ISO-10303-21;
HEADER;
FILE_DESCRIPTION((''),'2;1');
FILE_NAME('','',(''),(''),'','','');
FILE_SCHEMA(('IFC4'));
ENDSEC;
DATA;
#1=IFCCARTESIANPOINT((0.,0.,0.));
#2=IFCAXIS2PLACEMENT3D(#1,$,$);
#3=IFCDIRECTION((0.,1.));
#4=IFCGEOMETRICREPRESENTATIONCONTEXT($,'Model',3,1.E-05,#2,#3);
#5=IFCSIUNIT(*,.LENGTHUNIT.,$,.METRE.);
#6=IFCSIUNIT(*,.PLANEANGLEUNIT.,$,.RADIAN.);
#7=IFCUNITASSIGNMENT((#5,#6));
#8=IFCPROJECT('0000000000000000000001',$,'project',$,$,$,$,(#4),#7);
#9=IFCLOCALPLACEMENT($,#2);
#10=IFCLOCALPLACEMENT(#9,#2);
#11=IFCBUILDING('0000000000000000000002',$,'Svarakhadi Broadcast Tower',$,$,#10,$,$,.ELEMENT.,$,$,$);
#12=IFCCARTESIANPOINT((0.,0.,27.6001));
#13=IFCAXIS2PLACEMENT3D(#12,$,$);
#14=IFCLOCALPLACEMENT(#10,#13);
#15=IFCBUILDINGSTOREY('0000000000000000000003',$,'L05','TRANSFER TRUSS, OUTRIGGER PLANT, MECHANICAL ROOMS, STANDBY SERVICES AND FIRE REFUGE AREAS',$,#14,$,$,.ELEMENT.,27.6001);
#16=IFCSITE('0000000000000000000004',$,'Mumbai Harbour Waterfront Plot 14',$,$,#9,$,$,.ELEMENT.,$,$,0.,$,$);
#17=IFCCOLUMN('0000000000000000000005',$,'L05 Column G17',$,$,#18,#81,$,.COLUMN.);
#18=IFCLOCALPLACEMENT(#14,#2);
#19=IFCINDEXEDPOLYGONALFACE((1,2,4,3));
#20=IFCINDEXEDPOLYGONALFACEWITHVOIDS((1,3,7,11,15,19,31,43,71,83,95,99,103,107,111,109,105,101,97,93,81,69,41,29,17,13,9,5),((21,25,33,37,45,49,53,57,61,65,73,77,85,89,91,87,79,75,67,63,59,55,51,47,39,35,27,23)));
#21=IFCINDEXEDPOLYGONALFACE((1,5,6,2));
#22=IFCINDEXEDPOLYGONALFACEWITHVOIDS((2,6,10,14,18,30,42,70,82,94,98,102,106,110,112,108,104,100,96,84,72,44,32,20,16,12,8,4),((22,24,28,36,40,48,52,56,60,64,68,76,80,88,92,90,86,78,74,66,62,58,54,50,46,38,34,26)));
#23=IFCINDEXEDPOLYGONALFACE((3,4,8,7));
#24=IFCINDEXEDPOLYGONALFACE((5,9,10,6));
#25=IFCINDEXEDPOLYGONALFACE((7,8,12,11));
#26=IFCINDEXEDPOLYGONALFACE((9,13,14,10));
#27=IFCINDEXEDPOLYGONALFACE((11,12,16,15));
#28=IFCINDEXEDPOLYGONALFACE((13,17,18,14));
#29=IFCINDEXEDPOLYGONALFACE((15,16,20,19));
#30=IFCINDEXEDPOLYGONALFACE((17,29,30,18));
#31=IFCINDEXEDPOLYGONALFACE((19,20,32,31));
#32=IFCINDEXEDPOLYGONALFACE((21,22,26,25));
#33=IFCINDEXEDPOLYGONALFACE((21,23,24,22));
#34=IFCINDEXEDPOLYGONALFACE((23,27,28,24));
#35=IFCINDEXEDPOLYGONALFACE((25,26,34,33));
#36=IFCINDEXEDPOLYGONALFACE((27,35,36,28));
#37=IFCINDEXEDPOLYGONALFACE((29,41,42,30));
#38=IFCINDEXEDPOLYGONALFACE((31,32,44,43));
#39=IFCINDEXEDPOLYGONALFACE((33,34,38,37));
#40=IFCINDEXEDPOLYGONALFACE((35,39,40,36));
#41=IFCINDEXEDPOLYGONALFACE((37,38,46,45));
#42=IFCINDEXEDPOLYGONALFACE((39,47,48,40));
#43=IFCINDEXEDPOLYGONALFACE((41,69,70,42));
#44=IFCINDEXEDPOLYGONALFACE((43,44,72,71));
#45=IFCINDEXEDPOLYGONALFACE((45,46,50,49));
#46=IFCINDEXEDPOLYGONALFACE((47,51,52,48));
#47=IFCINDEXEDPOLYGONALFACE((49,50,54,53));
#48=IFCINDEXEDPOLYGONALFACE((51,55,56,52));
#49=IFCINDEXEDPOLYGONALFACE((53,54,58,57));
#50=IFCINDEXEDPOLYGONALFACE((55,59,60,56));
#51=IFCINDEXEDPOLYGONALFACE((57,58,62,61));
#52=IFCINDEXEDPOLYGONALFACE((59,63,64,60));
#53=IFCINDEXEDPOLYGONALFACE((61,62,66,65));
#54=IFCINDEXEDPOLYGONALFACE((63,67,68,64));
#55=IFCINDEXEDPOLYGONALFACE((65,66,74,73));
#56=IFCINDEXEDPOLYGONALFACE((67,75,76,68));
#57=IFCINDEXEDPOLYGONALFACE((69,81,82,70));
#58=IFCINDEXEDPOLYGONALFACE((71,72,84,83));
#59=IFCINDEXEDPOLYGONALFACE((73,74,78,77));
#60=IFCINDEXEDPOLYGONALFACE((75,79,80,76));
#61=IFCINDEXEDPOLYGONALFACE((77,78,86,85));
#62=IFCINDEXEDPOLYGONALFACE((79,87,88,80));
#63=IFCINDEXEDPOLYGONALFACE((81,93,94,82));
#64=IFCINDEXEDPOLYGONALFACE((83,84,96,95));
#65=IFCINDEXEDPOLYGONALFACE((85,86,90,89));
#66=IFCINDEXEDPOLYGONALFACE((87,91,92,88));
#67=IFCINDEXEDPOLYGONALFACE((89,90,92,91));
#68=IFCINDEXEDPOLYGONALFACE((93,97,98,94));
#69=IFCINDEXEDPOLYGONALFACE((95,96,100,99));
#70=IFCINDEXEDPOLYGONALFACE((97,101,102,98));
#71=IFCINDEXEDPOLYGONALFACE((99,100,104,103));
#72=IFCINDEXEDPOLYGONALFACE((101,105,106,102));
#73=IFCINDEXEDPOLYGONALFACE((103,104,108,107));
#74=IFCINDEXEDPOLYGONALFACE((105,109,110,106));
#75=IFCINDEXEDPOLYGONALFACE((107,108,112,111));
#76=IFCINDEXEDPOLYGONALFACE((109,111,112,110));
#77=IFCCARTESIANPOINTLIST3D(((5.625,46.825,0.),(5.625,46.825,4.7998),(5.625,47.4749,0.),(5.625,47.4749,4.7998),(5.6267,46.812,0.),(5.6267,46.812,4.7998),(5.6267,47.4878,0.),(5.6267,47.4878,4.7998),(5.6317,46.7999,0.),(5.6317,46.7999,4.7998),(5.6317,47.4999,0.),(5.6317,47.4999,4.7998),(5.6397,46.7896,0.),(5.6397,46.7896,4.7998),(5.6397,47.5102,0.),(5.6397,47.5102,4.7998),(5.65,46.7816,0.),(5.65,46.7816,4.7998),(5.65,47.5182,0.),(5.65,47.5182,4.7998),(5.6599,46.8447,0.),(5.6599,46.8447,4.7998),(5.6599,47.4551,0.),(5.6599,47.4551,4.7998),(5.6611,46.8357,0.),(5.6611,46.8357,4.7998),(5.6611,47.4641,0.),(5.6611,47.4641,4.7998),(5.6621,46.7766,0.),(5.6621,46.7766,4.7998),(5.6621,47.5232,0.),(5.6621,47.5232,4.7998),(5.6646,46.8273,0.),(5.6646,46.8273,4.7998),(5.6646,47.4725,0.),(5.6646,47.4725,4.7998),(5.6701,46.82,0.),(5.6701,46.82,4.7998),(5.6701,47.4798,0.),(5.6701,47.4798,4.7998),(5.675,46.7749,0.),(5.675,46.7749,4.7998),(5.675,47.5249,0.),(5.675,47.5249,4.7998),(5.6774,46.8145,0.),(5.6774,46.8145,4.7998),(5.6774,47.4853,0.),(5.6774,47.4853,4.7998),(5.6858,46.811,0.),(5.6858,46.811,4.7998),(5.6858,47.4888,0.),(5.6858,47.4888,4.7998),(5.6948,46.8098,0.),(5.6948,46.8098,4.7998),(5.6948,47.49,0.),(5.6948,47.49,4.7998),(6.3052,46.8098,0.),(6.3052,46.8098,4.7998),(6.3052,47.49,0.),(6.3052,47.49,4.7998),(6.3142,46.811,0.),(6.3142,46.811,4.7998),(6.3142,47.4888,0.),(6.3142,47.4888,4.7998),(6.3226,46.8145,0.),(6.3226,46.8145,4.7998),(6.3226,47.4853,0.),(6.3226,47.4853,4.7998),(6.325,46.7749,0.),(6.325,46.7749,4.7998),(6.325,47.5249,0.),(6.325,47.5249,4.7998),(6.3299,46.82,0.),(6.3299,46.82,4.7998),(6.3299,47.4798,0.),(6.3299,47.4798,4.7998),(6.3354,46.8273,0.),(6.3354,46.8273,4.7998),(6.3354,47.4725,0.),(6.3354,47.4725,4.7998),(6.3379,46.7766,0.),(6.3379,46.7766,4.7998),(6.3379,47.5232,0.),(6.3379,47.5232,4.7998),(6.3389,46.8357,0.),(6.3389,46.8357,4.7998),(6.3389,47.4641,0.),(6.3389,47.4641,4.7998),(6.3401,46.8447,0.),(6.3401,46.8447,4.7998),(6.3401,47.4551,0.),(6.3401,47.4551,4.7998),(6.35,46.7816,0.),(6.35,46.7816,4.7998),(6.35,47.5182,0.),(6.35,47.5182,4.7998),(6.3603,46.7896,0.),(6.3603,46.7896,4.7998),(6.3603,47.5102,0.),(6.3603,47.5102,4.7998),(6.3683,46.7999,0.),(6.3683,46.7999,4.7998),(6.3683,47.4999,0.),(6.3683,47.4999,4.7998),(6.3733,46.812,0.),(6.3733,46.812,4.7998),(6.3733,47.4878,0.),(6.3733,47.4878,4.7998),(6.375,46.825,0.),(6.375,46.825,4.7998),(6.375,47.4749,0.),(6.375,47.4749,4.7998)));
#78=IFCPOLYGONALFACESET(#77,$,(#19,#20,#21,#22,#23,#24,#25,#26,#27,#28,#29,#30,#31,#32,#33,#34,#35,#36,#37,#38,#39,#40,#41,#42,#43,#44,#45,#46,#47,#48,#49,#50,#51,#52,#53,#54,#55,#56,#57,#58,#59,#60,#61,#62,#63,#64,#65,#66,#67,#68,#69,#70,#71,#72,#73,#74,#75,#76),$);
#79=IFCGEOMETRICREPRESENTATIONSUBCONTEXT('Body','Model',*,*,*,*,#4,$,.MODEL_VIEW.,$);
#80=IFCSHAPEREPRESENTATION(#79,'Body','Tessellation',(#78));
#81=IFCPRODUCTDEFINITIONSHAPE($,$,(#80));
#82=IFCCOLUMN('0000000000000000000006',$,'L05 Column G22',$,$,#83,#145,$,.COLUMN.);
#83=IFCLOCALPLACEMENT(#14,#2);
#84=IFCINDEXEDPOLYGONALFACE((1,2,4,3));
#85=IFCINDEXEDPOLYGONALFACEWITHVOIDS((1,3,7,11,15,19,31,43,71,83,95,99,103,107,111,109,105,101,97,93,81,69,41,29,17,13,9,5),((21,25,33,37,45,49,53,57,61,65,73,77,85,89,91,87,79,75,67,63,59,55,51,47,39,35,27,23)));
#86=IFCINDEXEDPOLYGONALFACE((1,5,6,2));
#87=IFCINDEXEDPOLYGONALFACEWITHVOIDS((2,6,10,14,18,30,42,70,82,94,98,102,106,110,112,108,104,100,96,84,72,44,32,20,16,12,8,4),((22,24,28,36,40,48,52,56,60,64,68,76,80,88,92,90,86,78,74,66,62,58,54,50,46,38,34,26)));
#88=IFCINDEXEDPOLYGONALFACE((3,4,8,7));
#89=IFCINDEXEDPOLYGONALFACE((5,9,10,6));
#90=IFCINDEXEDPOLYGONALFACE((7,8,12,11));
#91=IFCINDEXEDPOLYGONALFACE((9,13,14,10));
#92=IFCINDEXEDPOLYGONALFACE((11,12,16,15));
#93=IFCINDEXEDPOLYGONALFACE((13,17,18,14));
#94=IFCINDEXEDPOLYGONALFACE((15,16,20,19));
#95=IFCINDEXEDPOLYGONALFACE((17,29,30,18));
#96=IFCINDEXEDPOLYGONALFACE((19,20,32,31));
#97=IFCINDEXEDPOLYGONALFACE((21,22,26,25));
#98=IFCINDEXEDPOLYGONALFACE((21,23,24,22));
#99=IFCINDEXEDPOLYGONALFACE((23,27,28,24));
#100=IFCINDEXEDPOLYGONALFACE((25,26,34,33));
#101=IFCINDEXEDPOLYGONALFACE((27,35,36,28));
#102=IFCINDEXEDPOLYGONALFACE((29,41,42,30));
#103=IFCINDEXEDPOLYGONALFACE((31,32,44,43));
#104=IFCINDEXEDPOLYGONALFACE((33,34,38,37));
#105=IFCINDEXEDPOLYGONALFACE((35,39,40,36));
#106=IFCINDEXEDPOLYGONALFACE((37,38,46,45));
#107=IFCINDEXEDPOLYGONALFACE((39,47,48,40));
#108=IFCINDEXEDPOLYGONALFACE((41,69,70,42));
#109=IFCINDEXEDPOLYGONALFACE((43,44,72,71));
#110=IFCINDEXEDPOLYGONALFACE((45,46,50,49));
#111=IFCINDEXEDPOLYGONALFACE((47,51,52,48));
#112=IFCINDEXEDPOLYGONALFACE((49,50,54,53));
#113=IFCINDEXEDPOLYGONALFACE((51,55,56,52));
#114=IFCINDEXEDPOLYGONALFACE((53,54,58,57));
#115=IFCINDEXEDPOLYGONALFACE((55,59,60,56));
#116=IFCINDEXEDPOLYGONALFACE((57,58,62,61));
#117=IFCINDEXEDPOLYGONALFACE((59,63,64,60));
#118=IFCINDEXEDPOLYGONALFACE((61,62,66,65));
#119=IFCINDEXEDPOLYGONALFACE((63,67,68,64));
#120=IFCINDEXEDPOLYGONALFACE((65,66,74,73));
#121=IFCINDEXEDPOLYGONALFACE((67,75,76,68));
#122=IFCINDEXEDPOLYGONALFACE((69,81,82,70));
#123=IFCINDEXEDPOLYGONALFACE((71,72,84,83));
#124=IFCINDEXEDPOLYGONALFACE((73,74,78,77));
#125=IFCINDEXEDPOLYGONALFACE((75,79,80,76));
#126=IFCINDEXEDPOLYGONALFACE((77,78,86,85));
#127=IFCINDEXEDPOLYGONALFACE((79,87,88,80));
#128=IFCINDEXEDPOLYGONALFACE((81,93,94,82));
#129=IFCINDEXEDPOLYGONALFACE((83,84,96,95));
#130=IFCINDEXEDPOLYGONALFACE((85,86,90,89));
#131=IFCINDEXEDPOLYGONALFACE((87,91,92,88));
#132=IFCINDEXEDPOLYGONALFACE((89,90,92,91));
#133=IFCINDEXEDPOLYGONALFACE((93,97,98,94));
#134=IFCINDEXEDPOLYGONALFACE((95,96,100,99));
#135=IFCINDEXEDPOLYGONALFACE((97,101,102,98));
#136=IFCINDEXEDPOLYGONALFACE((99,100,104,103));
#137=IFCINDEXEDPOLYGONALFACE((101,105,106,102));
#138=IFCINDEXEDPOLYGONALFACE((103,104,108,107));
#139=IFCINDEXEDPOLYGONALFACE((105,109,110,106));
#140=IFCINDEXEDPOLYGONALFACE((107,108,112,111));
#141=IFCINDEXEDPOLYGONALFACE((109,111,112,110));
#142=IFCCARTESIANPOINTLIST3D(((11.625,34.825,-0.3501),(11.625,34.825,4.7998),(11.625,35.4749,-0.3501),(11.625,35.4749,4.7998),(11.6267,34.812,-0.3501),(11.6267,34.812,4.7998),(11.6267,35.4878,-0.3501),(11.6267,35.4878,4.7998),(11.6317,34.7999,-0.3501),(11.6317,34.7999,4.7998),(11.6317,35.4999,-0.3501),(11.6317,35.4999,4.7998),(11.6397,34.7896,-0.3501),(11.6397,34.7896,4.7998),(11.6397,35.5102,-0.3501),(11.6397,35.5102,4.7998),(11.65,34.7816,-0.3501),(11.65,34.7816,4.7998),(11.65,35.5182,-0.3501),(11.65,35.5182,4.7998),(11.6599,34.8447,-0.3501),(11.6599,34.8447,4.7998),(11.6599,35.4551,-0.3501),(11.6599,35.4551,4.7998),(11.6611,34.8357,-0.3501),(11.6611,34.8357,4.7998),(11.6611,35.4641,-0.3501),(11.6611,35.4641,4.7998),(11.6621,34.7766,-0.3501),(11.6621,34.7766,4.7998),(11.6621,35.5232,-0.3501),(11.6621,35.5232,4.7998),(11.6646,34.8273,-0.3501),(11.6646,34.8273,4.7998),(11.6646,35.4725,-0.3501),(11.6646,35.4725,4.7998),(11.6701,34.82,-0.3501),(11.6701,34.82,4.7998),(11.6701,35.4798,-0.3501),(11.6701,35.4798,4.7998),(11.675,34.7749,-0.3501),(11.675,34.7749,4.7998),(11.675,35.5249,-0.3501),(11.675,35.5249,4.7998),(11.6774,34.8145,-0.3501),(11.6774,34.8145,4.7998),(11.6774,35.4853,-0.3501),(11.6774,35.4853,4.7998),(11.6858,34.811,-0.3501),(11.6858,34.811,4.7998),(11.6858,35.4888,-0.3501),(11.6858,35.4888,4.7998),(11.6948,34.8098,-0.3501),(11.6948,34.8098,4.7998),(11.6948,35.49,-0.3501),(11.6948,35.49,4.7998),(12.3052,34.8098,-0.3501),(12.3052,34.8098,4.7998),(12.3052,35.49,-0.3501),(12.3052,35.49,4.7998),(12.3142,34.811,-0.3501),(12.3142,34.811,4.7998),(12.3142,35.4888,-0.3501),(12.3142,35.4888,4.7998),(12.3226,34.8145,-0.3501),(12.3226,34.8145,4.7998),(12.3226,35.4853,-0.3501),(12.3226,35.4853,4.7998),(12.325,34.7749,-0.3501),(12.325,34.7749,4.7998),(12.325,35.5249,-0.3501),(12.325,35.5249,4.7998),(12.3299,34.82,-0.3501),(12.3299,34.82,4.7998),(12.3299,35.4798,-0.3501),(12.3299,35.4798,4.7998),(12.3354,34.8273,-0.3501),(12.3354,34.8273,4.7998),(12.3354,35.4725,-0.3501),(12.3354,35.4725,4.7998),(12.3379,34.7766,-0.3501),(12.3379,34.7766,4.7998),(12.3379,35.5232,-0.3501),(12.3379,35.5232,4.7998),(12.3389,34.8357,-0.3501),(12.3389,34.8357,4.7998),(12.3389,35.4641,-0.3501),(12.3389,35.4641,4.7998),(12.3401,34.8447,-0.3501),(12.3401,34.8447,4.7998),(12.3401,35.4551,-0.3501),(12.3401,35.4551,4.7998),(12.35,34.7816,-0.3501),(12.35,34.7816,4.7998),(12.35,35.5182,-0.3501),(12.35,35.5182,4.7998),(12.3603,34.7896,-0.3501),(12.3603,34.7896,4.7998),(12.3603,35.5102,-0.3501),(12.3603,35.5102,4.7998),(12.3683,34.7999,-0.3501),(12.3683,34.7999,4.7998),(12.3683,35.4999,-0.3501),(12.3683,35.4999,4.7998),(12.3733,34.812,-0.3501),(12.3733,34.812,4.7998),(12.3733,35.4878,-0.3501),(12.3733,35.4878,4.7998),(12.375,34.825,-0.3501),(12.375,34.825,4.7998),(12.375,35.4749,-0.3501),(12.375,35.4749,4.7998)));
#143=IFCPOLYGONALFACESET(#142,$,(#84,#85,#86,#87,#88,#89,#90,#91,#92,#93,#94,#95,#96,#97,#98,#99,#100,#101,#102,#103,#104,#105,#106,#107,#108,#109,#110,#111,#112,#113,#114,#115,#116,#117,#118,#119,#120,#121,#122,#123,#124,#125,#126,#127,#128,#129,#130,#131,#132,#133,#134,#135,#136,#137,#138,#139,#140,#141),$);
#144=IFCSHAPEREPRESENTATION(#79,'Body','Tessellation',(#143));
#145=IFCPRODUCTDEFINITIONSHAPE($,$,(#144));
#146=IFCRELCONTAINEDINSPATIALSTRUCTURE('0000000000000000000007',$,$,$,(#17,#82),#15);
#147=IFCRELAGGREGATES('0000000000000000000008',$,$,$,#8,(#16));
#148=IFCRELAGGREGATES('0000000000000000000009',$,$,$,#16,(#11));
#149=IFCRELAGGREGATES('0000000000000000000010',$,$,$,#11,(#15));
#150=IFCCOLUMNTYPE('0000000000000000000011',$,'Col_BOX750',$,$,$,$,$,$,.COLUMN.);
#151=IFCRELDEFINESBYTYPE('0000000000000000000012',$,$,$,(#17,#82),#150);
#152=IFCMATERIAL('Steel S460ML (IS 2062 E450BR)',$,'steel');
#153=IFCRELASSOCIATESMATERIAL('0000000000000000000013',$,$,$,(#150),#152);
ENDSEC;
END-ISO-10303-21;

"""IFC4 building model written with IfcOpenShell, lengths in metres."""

from ifc_helpers import new_model, si_unit, direction, frame, origin, origin_2d, place, context, subcontext, project, spatial, hollow_rectangle, extrude, material, material_profile, profile_set, type_object, element, save


model = new_model("IFC4")

# Units and contexts
model_context = context("Model", 3, precision=1e-05, world=origin(), true_north=direction((0.0, 1.0)))
body_context = subcontext(model_context, "Body", "Model", "MODEL_VIEW")
ifc_project = project(units=[si_unit("LENGTHUNIT", "METRE"), si_unit("PLANEANGLEUNIT", "RADIAN")], contexts=[model_context])

# Site, building, storey
site_placement = place(None, origin())
site = spatial("IfcSite", under=ifc_project, at=site_placement, Name="Mumbai Harbour Waterfront Plot 14", CompositionType="ELEMENT", RefElevation=0.0)
building_placement = place(site_placement, origin())
building = spatial("IfcBuilding", under=site, at=building_placement, Name="Svarakhadi Broadcast Tower", CompositionType="ELEMENT")
storey_placement = place(building_placement, frame((0.0, 0.0, 27.6001)))
storey = spatial("IfcBuildingStorey", under=building, at=storey_placement, Name="L05", Description="TRANSFER TRUSS, OUTRIGGER PLANT, MECHANICAL ROOMS, STANDBY SERVICES AND FIRE REFUGE AREAS", CompositionType="ELEMENT", Elevation=27.6001)

# Columns
ifc_material_1 = material(Name="Steel S460ML (IS 2062 E450BR)", Category="steel")
ifc_material_profile_1 = material_profile(ifc_material_1, hollow_rectangle(XDim=0.75, YDim=0.75, WallThickness=0.0349, InnerFilletRadius=0.0349, OuterFilletRadius=0.05, at=origin_2d()), Name="BOX 750x750x35")
ifc_profile_set_1 = profile_set([ifc_material_profile_1], Name="Steel S460ML (IS 2062 E450BR)")
column_type_1 = type_object("IfcColumnType", Name="Col_BOX750", PredefinedType="COLUMN", material=ifc_profile_set_1)
column_1_placement = place(storey_placement, frame((6.0, 47.1499, 0.0), z_axis=(0.0, 0.0, 1.0), x_axis=(1.0, 0.0, 0.0)))
element("IfcColumn", 1, at=column_1_placement, inside=storey, type_object=column_type_1, Name="L05 Column G17", PredefinedType="COLUMN", context=body_context, shape_type="SweptSolid", body=[
    extrude(hollow_rectangle(XDim=0.75, YDim=0.75, WallThickness=0.0349, InnerFilletRadius=0.0349, OuterFilletRadius=0.05, at=origin_2d()), origin(), (0.0, 0.0, 1.0), 4.7998),
])
for number, where, z_axis, x_axis, name in (
    (2, (12.0, 35.1499, -0.3501), (0.0, 0.0, 1.0), (1.0, 0.0, 0.0), "L05 Column G22"),
):
    element("IfcColumn", number, at=place(storey_placement, frame(where, z_axis=z_axis, x_axis=x_axis)), inside=storey, type_object=column_type_1, Name=name, PredefinedType="COLUMN", context=body_context, shape_type="SweptSolid", body=[
        extrude(hollow_rectangle(XDim=0.75, YDim=0.75, WallThickness=0.0349, InnerFilletRadius=0.0349, OuterFilletRadius=0.05, at=origin_2d()), origin(), (0.0, 0.0, 1.0), 5.1499),
    ])

save(model, "model.ifc")
